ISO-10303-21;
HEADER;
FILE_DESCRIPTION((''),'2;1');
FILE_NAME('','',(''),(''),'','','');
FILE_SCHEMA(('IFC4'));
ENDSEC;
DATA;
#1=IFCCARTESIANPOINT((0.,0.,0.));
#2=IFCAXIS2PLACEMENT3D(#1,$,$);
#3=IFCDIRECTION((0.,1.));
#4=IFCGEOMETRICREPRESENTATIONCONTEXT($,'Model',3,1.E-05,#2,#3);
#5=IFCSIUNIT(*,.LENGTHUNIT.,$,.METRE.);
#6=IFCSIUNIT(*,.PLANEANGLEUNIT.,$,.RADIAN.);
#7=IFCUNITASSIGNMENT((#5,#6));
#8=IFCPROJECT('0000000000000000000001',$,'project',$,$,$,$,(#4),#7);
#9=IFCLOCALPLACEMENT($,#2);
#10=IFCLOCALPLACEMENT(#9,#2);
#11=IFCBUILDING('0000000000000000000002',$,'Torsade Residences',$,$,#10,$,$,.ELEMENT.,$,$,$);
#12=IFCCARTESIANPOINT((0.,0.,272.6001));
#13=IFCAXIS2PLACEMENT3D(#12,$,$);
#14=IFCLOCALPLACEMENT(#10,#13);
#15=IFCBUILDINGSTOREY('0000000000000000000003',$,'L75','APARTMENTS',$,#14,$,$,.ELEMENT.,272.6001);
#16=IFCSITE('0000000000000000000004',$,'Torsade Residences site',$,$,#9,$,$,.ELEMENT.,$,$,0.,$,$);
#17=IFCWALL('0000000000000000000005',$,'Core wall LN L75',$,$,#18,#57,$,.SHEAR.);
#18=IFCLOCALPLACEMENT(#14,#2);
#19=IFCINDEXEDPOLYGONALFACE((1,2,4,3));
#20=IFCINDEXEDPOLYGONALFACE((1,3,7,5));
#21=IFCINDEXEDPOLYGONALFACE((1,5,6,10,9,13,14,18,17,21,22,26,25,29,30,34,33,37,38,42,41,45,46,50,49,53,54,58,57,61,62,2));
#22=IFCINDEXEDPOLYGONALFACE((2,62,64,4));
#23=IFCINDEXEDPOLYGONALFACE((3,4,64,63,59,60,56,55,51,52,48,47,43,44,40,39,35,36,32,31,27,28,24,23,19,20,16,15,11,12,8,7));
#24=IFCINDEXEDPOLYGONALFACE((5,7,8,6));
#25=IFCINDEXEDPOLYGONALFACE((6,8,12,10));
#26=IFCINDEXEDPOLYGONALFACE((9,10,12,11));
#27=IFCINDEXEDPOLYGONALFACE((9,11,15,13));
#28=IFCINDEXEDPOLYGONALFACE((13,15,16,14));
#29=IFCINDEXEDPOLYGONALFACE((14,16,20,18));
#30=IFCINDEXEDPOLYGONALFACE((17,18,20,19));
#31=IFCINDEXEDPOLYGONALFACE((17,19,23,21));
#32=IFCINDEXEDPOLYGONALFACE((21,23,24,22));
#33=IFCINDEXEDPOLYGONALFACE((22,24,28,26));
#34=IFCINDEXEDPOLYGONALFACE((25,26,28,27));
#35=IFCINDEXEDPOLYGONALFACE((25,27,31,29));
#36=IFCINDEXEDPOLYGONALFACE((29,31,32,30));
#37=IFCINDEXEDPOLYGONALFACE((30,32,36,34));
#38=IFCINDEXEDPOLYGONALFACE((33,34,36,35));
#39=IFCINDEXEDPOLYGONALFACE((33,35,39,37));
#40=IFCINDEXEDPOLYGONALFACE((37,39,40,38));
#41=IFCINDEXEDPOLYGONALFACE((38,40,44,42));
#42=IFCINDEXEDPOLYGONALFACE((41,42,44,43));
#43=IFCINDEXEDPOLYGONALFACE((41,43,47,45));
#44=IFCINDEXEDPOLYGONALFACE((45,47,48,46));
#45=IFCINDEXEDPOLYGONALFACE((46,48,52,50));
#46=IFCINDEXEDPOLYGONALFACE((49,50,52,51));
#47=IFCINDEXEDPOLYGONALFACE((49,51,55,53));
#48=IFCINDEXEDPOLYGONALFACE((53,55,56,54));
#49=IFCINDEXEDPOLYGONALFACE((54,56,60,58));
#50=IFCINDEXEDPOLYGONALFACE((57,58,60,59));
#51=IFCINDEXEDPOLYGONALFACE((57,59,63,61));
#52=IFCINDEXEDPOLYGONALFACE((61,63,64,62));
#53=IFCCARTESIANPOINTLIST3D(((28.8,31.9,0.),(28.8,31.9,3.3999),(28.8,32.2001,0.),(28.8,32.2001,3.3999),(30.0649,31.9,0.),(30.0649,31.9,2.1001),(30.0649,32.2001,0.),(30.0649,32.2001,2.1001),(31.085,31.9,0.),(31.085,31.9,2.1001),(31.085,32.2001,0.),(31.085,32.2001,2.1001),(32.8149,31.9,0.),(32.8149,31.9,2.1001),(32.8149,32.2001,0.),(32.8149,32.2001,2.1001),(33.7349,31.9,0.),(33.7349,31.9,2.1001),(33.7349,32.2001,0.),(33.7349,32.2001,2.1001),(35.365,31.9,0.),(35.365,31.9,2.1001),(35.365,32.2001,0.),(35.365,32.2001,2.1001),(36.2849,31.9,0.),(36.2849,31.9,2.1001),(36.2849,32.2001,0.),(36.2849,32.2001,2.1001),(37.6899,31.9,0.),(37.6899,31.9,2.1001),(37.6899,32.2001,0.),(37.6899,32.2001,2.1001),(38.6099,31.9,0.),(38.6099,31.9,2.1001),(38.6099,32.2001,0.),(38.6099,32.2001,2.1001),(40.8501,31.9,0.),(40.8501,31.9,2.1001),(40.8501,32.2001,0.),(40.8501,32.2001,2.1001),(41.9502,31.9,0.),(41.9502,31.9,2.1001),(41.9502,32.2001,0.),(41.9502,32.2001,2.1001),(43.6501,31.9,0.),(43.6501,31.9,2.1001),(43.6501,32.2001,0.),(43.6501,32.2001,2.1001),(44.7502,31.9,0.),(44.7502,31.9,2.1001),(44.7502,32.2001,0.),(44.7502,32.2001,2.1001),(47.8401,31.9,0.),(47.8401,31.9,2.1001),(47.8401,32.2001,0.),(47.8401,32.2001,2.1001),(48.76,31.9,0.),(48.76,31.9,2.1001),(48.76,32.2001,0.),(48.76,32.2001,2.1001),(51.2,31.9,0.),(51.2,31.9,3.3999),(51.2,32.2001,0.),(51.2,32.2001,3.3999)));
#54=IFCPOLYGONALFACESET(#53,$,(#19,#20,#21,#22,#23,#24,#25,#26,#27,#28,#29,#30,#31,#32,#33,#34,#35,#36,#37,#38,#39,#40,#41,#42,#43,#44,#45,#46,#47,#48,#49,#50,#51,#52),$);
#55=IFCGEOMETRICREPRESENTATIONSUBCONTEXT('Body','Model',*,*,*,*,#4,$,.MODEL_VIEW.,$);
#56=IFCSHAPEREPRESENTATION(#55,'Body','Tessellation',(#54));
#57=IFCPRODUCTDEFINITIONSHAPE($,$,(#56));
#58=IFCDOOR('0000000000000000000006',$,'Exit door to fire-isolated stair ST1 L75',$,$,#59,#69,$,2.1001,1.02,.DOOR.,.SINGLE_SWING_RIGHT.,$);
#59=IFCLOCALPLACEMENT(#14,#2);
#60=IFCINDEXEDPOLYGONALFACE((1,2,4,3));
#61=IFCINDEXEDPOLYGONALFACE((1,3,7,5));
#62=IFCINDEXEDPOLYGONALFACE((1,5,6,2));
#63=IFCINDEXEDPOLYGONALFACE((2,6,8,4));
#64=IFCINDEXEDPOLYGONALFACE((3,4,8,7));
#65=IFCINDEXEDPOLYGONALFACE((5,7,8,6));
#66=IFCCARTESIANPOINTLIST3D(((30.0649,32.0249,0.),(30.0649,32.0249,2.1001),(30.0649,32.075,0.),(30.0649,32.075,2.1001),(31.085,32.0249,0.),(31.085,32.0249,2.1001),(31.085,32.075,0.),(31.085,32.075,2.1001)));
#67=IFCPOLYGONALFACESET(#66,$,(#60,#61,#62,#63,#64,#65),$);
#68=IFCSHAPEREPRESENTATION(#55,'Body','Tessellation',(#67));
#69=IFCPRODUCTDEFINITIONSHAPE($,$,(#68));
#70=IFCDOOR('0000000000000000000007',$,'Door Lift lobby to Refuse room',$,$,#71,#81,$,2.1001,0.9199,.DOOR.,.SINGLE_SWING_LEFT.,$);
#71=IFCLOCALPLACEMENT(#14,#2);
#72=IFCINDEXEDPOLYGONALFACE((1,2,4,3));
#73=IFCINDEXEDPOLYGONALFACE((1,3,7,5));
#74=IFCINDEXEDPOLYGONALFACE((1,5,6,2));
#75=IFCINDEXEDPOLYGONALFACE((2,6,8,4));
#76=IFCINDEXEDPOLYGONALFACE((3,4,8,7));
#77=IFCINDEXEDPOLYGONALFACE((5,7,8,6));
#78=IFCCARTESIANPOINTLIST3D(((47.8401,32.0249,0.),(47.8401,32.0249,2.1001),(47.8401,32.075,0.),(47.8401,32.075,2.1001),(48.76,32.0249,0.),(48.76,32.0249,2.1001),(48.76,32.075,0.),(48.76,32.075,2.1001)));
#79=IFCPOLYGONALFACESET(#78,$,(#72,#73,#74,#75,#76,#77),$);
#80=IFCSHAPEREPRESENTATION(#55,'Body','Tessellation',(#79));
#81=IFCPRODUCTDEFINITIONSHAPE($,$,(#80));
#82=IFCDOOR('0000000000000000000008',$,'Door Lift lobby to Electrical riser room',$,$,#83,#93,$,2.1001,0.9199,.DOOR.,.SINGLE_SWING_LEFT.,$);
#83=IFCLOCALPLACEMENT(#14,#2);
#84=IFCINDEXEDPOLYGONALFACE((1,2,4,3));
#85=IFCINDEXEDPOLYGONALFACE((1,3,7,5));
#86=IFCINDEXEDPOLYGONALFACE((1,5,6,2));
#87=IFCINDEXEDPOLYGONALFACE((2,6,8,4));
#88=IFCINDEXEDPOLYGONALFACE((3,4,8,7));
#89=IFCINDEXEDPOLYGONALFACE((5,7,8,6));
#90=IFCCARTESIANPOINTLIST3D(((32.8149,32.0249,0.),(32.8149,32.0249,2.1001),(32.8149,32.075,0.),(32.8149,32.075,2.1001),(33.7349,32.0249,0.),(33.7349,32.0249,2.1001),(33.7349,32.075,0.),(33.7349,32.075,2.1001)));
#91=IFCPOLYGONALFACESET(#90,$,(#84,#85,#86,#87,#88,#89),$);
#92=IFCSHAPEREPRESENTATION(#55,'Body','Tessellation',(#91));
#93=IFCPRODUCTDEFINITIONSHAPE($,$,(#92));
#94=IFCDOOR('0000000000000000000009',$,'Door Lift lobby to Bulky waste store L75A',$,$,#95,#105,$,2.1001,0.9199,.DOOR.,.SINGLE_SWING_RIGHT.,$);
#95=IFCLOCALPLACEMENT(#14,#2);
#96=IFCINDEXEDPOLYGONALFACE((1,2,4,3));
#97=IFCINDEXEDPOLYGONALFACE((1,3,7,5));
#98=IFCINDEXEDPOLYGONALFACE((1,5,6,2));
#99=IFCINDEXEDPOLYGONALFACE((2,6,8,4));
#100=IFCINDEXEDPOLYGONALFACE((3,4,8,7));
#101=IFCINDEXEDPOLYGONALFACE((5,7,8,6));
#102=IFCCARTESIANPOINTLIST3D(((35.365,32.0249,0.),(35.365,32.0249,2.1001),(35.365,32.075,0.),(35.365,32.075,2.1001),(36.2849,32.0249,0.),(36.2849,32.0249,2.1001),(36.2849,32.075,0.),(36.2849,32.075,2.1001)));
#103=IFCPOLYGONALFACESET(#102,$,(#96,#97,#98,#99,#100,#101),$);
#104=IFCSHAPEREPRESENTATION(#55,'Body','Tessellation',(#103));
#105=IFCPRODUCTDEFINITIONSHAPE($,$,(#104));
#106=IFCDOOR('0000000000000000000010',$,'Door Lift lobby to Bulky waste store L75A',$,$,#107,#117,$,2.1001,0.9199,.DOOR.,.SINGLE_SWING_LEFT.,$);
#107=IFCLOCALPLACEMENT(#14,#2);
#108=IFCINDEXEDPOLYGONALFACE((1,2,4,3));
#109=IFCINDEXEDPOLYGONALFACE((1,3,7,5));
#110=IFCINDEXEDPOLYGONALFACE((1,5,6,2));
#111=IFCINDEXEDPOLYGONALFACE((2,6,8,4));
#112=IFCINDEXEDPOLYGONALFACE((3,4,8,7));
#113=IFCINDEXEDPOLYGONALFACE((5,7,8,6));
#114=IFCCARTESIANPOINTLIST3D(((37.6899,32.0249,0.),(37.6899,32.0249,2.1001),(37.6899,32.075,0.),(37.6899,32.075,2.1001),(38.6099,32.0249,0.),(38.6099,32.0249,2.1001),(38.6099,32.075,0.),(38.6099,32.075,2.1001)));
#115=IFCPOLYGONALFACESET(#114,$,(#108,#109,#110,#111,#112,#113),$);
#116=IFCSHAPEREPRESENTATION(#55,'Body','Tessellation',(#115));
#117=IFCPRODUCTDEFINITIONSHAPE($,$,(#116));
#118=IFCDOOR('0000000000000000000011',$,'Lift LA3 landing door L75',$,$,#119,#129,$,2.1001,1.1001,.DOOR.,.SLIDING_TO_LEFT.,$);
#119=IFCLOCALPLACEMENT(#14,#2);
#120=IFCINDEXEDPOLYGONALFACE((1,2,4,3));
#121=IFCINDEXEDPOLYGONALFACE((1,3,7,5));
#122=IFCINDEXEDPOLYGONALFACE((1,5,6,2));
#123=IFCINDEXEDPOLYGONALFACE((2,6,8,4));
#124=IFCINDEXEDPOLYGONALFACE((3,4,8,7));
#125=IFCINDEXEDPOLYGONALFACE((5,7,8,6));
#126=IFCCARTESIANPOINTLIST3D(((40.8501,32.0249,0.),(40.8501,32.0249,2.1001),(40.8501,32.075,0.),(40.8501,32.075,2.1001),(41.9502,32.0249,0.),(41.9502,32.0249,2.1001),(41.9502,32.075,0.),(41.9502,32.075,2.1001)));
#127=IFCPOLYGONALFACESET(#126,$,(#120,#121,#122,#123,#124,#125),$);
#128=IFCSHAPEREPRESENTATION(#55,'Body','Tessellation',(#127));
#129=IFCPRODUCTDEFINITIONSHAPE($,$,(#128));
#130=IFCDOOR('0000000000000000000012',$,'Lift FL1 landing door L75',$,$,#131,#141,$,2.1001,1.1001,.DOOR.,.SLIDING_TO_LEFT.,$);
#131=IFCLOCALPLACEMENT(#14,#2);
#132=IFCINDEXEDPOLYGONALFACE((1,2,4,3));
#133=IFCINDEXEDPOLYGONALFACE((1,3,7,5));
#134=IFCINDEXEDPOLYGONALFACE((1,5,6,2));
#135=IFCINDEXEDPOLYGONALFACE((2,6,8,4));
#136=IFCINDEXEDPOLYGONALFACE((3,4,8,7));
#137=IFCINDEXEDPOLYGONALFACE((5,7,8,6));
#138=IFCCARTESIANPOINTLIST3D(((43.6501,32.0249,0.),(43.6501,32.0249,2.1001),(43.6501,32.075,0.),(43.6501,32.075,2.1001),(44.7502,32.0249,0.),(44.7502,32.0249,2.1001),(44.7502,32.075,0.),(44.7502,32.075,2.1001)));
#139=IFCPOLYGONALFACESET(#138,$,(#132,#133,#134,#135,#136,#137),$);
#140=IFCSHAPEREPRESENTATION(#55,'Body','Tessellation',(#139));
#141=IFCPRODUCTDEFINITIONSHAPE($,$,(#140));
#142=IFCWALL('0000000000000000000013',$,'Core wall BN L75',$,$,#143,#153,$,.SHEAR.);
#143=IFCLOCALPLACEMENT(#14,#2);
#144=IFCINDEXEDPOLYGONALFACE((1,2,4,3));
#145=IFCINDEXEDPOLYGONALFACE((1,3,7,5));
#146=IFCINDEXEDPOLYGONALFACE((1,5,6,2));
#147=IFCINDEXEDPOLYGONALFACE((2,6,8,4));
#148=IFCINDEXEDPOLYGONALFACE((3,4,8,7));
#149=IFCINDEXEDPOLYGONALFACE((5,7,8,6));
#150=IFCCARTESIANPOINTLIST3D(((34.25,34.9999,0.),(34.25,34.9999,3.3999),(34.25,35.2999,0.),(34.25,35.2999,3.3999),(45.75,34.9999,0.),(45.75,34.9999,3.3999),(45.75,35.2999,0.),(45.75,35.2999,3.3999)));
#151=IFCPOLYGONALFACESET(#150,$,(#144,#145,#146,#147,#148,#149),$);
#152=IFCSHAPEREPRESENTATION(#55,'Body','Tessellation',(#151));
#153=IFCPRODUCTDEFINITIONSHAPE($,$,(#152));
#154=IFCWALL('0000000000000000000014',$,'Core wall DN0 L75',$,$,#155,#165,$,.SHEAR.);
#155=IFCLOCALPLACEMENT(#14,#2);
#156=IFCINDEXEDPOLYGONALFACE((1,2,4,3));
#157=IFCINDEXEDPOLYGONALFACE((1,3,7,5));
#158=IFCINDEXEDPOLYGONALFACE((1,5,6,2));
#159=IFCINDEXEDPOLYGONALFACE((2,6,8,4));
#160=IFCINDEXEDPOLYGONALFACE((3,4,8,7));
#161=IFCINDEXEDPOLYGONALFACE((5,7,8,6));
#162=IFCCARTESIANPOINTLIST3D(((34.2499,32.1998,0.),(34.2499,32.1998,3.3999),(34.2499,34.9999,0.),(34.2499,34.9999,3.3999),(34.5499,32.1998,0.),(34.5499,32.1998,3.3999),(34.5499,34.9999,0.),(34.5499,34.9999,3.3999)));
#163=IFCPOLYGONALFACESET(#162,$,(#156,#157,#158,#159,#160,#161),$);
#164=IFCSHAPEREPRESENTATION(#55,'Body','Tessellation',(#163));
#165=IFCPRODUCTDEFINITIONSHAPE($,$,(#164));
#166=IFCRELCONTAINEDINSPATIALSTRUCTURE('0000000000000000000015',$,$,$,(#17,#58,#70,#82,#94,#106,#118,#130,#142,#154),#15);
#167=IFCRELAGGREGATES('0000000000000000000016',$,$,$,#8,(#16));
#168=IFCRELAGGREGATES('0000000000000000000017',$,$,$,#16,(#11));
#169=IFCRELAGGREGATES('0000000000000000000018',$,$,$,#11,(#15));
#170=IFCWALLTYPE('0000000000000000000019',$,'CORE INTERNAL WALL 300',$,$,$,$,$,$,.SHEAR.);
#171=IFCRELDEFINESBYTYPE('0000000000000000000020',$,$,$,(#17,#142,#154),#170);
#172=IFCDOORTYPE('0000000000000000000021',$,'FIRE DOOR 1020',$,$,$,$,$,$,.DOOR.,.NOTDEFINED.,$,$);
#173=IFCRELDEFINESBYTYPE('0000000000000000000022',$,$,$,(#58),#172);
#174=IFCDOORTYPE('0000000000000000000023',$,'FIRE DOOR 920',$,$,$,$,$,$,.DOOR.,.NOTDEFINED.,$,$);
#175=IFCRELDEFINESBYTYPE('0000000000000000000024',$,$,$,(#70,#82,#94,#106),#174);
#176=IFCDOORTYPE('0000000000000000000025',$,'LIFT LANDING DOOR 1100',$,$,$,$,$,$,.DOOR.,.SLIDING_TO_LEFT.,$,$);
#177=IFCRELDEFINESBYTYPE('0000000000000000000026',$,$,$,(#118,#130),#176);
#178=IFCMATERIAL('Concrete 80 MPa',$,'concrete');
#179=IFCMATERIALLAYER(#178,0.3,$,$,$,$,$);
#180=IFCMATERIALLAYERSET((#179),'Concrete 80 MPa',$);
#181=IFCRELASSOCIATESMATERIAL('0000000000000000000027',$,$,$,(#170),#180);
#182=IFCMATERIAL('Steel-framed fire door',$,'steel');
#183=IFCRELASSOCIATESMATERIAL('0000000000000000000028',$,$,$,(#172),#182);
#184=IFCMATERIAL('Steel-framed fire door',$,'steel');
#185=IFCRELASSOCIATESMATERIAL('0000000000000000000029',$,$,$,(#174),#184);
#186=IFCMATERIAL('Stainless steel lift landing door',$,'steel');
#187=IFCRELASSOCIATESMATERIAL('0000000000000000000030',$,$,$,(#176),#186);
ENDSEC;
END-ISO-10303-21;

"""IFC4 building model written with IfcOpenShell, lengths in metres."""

from ifc_helpers import new_model, si_unit, direction, frame, frame_2d, origin, place, context, subcontext, project, spatial, rectangle, extrude, material, layer, layer_set, type_object, element, fill, save


model = new_model("IFC4")

# Units and contexts
model_context = context("Model", 3, precision=1e-05, world=origin(), true_north=direction((0.0, 1.0)))
body_context = subcontext(model_context, "Body", "Model", "MODEL_VIEW")
ifc_project = project(units=[si_unit("LENGTHUNIT", "METRE"), si_unit("PLANEANGLEUNIT", "RADIAN")], contexts=[model_context])

# Site, building, storey
site_placement = place(None, origin())
site = spatial("IfcSite", under=ifc_project, at=site_placement, Name="Torsade Residences site", CompositionType="ELEMENT", RefElevation=0.0)
building_placement = place(site_placement, origin())
building = spatial("IfcBuilding", under=site, at=building_placement, Name="Torsade Residences", CompositionType="ELEMENT")
storey_placement = place(building_placement, frame((0.0, 0.0, 272.6001)))
storey = spatial("IfcBuildingStorey", under=building, at=storey_placement, Name="L75", Description="APARTMENTS", CompositionType="ELEMENT", Elevation=272.6001)

# Wall, openings, doors
ifc_material_1 = material(Name="Concrete 80 MPa", Category="concrete")
ifc_layer_1 = layer(ifc_material_1, 0.3)
ifc_layer_set_1 = layer_set([ifc_layer_1], Name="Concrete 80 MPa")
wall_type_1 = type_object("IfcWallType", Name="CORE INTERNAL WALL 300", PredefinedType="SHEAR", material=ifc_layer_set_1)
wall_1_placement = place(storey_placement, frame((28.8, 32.05, 0.0), z_axis=(0.0, 0.0, 1.0), x_axis=(1.0, 0.0, 0.0)))
wall_1 = element("IfcWall", 1, at=wall_1_placement, inside=storey, type_object=wall_type_1, Name="Core wall LN L75", PredefinedType="SHEAR", context=body_context, shape_type="SweptSolid", body=[
    extrude(rectangle(XDim=22.3999, YDim=0.3, at=frame_2d((11.2, 0.0))), origin(), (0.0, 0.0, 1.0), 3.3999),
])
opening_1_placement = place(wall_1_placement, frame((19.04, 0.0, 0.0)))
opening_1 = element("IfcOpeningElement", 2, at=opening_1_placement, cuts=wall_1, PredefinedType="OPENING", context=body_context, shape_type="SweptSolid", body=[
    extrude(rectangle(XDim=0.9199, YDim=2.1001, at=frame_2d((0.46, 1.05))), frame((0.0, 0.1599, 0.0), z_axis=(0.0, -1.0, 0.0), x_axis=(1.0, 0.0, 0.0)), (0.0, 0.0, 1.0), 0.3201),
])
opening_2_placement = place(wall_1_placement, frame((1.2649, 0.0, 0.0)))
opening_2 = element("IfcOpeningElement", 3, at=opening_2_placement, cuts=wall_1, PredefinedType="OPENING", context=body_context, shape_type="SweptSolid", body=[
    extrude(rectangle(XDim=1.02, YDim=2.1001, at=frame_2d((0.51, 1.05))), frame((0.0, 0.1599, 0.0), z_axis=(0.0, -1.0, 0.0), x_axis=(1.0, 0.0, 0.0)), (0.0, 0.0, 1.0), 0.3201),
])
opening_3_placement = place(wall_1_placement, frame((4.0149, 0.0, 0.0)))
opening_3 = element("IfcOpeningElement", 4, at=opening_3_placement, cuts=wall_1, PredefinedType="OPENING", context=body_context, shape_type="SweptSolid", body=[
    extrude(rectangle(XDim=0.9199, YDim=2.1001, at=frame_2d((0.46, 1.05))), frame((0.0, 0.1599, 0.0), z_axis=(0.0, -1.0, 0.0), x_axis=(1.0, 0.0, 0.0)), (0.0, 0.0, 1.0), 0.3201),
])
opening_4_placement = place(wall_1_placement, frame((6.5649, 0.0, 0.0)))
opening_4 = element("IfcOpeningElement", 5, at=opening_4_placement, cuts=wall_1, PredefinedType="OPENING", context=body_context, shape_type="SweptSolid", body=[
    extrude(rectangle(XDim=0.9199, YDim=2.1001, at=frame_2d((0.46, 1.05))), frame((0.0, 0.1599, 0.0), z_axis=(0.0, -1.0, 0.0), x_axis=(1.0, 0.0, 0.0)), (0.0, 0.0, 1.0), 0.3201),
])
opening_5_placement = place(wall_1_placement, frame((8.8899, 0.0, 0.0)))
opening_5 = element("IfcOpeningElement", 6, at=opening_5_placement, cuts=wall_1, PredefinedType="OPENING", context=body_context, shape_type="SweptSolid", body=[
    extrude(rectangle(XDim=0.9199, YDim=2.1001, at=frame_2d((0.46, 1.05))), frame((0.0, 0.1599, 0.0), z_axis=(0.0, -1.0, 0.0), x_axis=(1.0, 0.0, 0.0)), (0.0, 0.0, 1.0), 0.3201),
])
opening_6_placement = place(wall_1_placement, frame((12.05, 0.0, 0.0)))
opening_6 = element("IfcOpeningElement", 7, at=opening_6_placement, cuts=wall_1, PredefinedType="OPENING", context=body_context, shape_type="SweptSolid", body=[
    extrude(rectangle(XDim=1.1001, YDim=2.1001, at=frame_2d((0.55, 1.05))), frame((0.0, 0.1599, 0.0), z_axis=(0.0, -1.0, 0.0), x_axis=(1.0, 0.0, 0.0)), (0.0, 0.0, 1.0), 0.3201),
])
opening_7_placement = place(wall_1_placement, frame((14.8501, 0.0, 0.0)))
opening_7 = element("IfcOpeningElement", 8, at=opening_7_placement, cuts=wall_1, PredefinedType="OPENING", context=body_context, shape_type="SweptSolid", body=[
    extrude(rectangle(XDim=1.1001, YDim=2.1001, at=frame_2d((0.55, 1.05))), frame((0.0, 0.1599, 0.0), z_axis=(0.0, -1.0, 0.0), x_axis=(1.0, 0.0, 0.0)), (0.0, 0.0, 1.0), 0.3201),
])
ifc_material_2 = material(Name="Steel-framed fire door", Category="steel")
door_type_1 = type_object("IfcDoorType", Name="FIRE DOOR 1020", OperationType="NOTDEFINED", PredefinedType="DOOR", material=ifc_material_2)
door_1_placement = place(opening_2_placement, origin())
door_1 = element("IfcDoor", 9, at=door_1_placement, inside=storey, type_object=door_type_1, Name="Exit door to fire-isolated stair ST1 L75", OperationType="SINGLE_SWING_RIGHT", OverallHeight=2.1001, OverallWidth=1.02, PredefinedType="DOOR", context=body_context, shape_type="SweptSolid", body=[
    extrude(rectangle(XDim=1.02, YDim=2.1001, at=frame_2d((0.51, 1.05))), frame((0.0, 0.0249, 0.0), z_axis=(0.0, -1.0, 0.0), x_axis=(1.0, 0.0, 0.0)), (0.0, 0.0, 1.0), 0.05),
])
fill(opening_2, door_1)
ifc_material_3 = material(Name="Steel-framed fire door", Category="steel")
door_type_2 = type_object("IfcDoorType", Name="FIRE DOOR 920", OperationType="NOTDEFINED", PredefinedType="DOOR", material=ifc_material_3)
door_2_placement = place(opening_1_placement, origin())
door_2 = element("IfcDoor", 10, at=door_2_placement, inside=storey, type_object=door_type_2, Name="Door Lift lobby to Refuse room", OperationType="SINGLE_SWING_LEFT", OverallHeight=2.1001, OverallWidth=0.9199, PredefinedType="DOOR", context=body_context, shape_type="SweptSolid", body=[
    extrude(rectangle(XDim=0.9199, YDim=2.1001, at=frame_2d((0.46, 1.05))), frame((0.0, 0.0249, 0.0), z_axis=(0.0, -1.0, 0.0), x_axis=(1.0, 0.0, 0.0)), (0.0, 0.0, 1.0), 0.05),
])
fill(opening_1, door_2)
door_3_placement = place(opening_3_placement, origin())
door_3 = element("IfcDoor", 11, at=door_3_placement, inside=storey, type_object=door_type_2, Name="Door Lift lobby to Electrical riser room", OperationType="SINGLE_SWING_LEFT", OverallHeight=2.1001, OverallWidth=0.9199, PredefinedType="DOOR", context=body_context, shape_type="SweptSolid", body=[
    extrude(rectangle(XDim=0.9199, YDim=2.1001, at=frame_2d((0.46, 1.05))), frame((0.0, 0.0249, 0.0), z_axis=(0.0, -1.0, 0.0), x_axis=(1.0, 0.0, 0.0)), (0.0, 0.0, 1.0), 0.05),
])
fill(opening_3, door_3)
door_4_placement = place(opening_4_placement, origin())
door_4 = element("IfcDoor", 12, at=door_4_placement, inside=storey, type_object=door_type_2, Name="Door Lift lobby to Bulky waste store L75A", OperationType="SINGLE_SWING_RIGHT", OverallHeight=2.1001, OverallWidth=0.9199, PredefinedType="DOOR", context=body_context, shape_type="SweptSolid", body=[
    extrude(rectangle(XDim=0.9199, YDim=2.1001, at=frame_2d((0.46, 1.05))), frame((0.0, 0.0249, 0.0), z_axis=(0.0, -1.0, 0.0), x_axis=(1.0, 0.0, 0.0)), (0.0, 0.0, 1.0), 0.05),
])
fill(opening_4, door_4)
door_5_placement = place(opening_5_placement, origin())
door_5 = element("IfcDoor", 13, at=door_5_placement, inside=storey, type_object=door_type_2, Name="Door Lift lobby to Bulky waste store L75A", OperationType="SINGLE_SWING_LEFT", OverallHeight=2.1001, OverallWidth=0.9199, PredefinedType="DOOR", context=body_context, shape_type="SweptSolid", body=[
    extrude(rectangle(XDim=0.9199, YDim=2.1001, at=frame_2d((0.46, 1.05))), frame((0.0, 0.0249, 0.0), z_axis=(0.0, -1.0, 0.0), x_axis=(1.0, 0.0, 0.0)), (0.0, 0.0, 1.0), 0.05),
])
fill(opening_5, door_5)
ifc_material_4 = material(Name="Stainless steel lift landing door", Category="steel")
door_type_3 = type_object("IfcDoorType", Name="LIFT LANDING DOOR 1100", OperationType="SLIDING_TO_LEFT", PredefinedType="DOOR", material=ifc_material_4)
door_6_placement = place(opening_6_placement, origin())
door_6 = element("IfcDoor", 14, at=door_6_placement, inside=storey, type_object=door_type_3, Name="Lift LA3 landing door L75", OperationType="SLIDING_TO_LEFT", OverallHeight=2.1001, OverallWidth=1.1001, PredefinedType="DOOR", context=body_context, shape_type="SweptSolid", body=[
    extrude(rectangle(XDim=1.1001, YDim=2.1001, at=frame_2d((0.55, 1.05))), frame((0.0, 0.0249, 0.0), z_axis=(0.0, -1.0, 0.0), x_axis=(1.0, 0.0, 0.0)), (0.0, 0.0, 1.0), 0.05),
])
fill(opening_6, door_6)
door_7_placement = place(opening_7_placement, origin())
door_7 = element("IfcDoor", 15, at=door_7_placement, inside=storey, type_object=door_type_3, Name="Lift FL1 landing door L75", OperationType="SLIDING_TO_LEFT", OverallHeight=2.1001, OverallWidth=1.1001, PredefinedType="DOOR", context=body_context, shape_type="SweptSolid", body=[
    extrude(rectangle(XDim=1.1001, YDim=2.1001, at=frame_2d((0.55, 1.05))), frame((0.0, 0.0249, 0.0), z_axis=(0.0, -1.0, 0.0), x_axis=(1.0, 0.0, 0.0)), (0.0, 0.0, 1.0), 0.05),
])
fill(opening_7, door_7)

# Walls
wall_2_placement = place(storey_placement, frame((34.25, 35.1499, 0.0), z_axis=(0.0, 0.0, 1.0), x_axis=(1.0, 0.0, 0.0)))
element("IfcWall", 16, at=wall_2_placement, inside=storey, type_object=wall_type_1, Name="Core wall BN L75", PredefinedType="SHEAR", context=body_context, shape_type="SweptSolid", body=[
    extrude(rectangle(XDim=11.5, YDim=0.3, at=frame_2d((5.75, 0.0))), origin(), (0.0, 0.0, 1.0), 3.3999),
])
wall_3_placement = place(storey_placement, frame((34.3999, 32.2, 0.0), z_axis=(0.0, 0.0, 1.0), x_axis=(0.0, 1.0, 0.0)))
element("IfcWall", 17, at=wall_3_placement, inside=storey, type_object=wall_type_1, Name="Core wall DN0 L75", PredefinedType="SHEAR", context=body_context, shape_type="SweptSolid", body=[
    extrude(rectangle(XDim=2.8, YDim=0.3, at=frame_2d((1.3999, 0.0))), origin(), (0.0, 0.0, 1.0), 3.3999),
])

save(model, "model.ifc")
